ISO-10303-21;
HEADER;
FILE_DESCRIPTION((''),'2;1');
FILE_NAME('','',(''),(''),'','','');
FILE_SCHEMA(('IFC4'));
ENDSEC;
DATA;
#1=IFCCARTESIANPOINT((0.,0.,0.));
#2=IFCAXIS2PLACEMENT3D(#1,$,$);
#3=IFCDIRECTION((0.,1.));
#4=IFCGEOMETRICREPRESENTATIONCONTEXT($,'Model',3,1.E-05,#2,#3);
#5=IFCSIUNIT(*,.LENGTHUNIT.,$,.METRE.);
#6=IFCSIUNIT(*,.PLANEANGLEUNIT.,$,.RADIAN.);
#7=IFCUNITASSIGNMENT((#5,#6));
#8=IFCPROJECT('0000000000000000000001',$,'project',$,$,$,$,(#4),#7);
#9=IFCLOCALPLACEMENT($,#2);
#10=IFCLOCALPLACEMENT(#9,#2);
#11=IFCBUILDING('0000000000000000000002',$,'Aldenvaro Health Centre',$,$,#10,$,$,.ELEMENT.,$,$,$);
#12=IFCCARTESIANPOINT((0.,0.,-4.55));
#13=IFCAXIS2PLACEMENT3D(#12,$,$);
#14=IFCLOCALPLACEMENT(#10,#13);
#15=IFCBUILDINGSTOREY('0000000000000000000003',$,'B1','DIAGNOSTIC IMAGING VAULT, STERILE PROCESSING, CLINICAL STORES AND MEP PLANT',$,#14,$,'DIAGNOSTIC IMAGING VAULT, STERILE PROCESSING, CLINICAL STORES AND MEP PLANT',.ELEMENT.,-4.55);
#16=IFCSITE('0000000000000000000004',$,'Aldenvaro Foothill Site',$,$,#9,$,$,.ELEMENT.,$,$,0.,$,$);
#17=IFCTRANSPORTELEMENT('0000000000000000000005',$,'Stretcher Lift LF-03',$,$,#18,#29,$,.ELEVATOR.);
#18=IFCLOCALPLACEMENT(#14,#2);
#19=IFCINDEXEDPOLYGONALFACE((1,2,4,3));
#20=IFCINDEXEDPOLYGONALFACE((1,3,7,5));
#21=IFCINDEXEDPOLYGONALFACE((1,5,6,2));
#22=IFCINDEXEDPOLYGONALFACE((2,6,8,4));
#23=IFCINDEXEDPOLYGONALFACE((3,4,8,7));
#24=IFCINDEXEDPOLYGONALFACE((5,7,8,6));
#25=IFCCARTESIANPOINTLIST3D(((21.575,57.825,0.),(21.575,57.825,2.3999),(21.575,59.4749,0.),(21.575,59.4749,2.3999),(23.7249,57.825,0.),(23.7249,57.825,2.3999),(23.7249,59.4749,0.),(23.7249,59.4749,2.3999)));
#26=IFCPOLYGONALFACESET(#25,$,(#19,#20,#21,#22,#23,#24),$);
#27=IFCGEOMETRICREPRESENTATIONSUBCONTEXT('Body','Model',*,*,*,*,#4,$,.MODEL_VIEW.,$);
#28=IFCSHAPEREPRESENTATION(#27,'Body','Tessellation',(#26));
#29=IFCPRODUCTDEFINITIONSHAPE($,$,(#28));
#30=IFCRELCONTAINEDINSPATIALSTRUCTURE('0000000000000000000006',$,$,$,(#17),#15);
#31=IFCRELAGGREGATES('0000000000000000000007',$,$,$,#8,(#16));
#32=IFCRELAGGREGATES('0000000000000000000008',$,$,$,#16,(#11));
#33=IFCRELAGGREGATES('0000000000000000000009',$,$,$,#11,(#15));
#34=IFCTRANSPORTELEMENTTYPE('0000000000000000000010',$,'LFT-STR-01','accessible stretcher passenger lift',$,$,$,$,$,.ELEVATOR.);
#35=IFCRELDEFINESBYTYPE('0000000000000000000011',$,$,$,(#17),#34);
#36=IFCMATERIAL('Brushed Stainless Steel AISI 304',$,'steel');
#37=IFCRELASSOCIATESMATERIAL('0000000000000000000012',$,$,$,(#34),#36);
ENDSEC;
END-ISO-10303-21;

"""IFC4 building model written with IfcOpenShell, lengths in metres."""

from ifc_helpers import new_model, si_unit, direction, frame, origin, origin_2d, place, context, subcontext, project, spatial, rectangle, extrude, material, type_object, element, save


model = new_model("IFC4")

# Units and contexts
model_context = context("Model", 3, precision=1e-05, world=origin(), true_north=direction((0.0, 1.0)))
body_context = subcontext(model_context, "Body", "Model", "MODEL_VIEW")
ifc_project = project(units=[si_unit("LENGTHUNIT", "METRE"), si_unit("PLANEANGLEUNIT", "RADIAN")], contexts=[model_context])

# Site, building, storey
site_placement = place(None, origin())
site = spatial("IfcSite", under=ifc_project, at=site_placement, Name="Aldenvaro Foothill Site", CompositionType="ELEMENT", RefElevation=0.0)
building_placement = place(site_placement, origin())
building = spatial("IfcBuilding", under=site, at=building_placement, Name="Aldenvaro Health Centre", CompositionType="ELEMENT")
storey_placement = place(building_placement, frame((0.0, 0.0, -4.55)))
storey = spatial("IfcBuildingStorey", under=building, at=storey_placement, Name="B1", Description="DIAGNOSTIC IMAGING VAULT, STERILE PROCESSING, CLINICAL STORES AND MEP PLANT", LongName="DIAGNOSTIC IMAGING VAULT, STERILE PROCESSING, CLINICAL STORES AND MEP PLANT", CompositionType="ELEMENT", Elevation=-4.55)

# Transport element
ifc_material_1 = material(Name="Brushed Stainless Steel AISI 304", Category="steel")
transport_element_type = type_object("IfcTransportElementType", Name="LFT-STR-01", Description="accessible stretcher passenger lift", PredefinedType="ELEVATOR", material=ifc_material_1)
transport_element_placement = place(storey_placement, frame((22.6499, 58.6499, 0.0), z_axis=(0.0, 0.0, 1.0), x_axis=(1.0, 0.0, 0.0)))
element("IfcTransportElement", 1, at=transport_element_placement, inside=storey, type_object=transport_element_type, Name="Stretcher Lift LF-03", PredefinedType="ELEVATOR", context=body_context, shape_type="SweptSolid", body=[
    extrude(rectangle(XDim=2.1499, YDim=1.6499, at=origin_2d()), origin(), (0.0, 0.0, 1.0), 2.3999),
])

save(model, "model.ifc")
